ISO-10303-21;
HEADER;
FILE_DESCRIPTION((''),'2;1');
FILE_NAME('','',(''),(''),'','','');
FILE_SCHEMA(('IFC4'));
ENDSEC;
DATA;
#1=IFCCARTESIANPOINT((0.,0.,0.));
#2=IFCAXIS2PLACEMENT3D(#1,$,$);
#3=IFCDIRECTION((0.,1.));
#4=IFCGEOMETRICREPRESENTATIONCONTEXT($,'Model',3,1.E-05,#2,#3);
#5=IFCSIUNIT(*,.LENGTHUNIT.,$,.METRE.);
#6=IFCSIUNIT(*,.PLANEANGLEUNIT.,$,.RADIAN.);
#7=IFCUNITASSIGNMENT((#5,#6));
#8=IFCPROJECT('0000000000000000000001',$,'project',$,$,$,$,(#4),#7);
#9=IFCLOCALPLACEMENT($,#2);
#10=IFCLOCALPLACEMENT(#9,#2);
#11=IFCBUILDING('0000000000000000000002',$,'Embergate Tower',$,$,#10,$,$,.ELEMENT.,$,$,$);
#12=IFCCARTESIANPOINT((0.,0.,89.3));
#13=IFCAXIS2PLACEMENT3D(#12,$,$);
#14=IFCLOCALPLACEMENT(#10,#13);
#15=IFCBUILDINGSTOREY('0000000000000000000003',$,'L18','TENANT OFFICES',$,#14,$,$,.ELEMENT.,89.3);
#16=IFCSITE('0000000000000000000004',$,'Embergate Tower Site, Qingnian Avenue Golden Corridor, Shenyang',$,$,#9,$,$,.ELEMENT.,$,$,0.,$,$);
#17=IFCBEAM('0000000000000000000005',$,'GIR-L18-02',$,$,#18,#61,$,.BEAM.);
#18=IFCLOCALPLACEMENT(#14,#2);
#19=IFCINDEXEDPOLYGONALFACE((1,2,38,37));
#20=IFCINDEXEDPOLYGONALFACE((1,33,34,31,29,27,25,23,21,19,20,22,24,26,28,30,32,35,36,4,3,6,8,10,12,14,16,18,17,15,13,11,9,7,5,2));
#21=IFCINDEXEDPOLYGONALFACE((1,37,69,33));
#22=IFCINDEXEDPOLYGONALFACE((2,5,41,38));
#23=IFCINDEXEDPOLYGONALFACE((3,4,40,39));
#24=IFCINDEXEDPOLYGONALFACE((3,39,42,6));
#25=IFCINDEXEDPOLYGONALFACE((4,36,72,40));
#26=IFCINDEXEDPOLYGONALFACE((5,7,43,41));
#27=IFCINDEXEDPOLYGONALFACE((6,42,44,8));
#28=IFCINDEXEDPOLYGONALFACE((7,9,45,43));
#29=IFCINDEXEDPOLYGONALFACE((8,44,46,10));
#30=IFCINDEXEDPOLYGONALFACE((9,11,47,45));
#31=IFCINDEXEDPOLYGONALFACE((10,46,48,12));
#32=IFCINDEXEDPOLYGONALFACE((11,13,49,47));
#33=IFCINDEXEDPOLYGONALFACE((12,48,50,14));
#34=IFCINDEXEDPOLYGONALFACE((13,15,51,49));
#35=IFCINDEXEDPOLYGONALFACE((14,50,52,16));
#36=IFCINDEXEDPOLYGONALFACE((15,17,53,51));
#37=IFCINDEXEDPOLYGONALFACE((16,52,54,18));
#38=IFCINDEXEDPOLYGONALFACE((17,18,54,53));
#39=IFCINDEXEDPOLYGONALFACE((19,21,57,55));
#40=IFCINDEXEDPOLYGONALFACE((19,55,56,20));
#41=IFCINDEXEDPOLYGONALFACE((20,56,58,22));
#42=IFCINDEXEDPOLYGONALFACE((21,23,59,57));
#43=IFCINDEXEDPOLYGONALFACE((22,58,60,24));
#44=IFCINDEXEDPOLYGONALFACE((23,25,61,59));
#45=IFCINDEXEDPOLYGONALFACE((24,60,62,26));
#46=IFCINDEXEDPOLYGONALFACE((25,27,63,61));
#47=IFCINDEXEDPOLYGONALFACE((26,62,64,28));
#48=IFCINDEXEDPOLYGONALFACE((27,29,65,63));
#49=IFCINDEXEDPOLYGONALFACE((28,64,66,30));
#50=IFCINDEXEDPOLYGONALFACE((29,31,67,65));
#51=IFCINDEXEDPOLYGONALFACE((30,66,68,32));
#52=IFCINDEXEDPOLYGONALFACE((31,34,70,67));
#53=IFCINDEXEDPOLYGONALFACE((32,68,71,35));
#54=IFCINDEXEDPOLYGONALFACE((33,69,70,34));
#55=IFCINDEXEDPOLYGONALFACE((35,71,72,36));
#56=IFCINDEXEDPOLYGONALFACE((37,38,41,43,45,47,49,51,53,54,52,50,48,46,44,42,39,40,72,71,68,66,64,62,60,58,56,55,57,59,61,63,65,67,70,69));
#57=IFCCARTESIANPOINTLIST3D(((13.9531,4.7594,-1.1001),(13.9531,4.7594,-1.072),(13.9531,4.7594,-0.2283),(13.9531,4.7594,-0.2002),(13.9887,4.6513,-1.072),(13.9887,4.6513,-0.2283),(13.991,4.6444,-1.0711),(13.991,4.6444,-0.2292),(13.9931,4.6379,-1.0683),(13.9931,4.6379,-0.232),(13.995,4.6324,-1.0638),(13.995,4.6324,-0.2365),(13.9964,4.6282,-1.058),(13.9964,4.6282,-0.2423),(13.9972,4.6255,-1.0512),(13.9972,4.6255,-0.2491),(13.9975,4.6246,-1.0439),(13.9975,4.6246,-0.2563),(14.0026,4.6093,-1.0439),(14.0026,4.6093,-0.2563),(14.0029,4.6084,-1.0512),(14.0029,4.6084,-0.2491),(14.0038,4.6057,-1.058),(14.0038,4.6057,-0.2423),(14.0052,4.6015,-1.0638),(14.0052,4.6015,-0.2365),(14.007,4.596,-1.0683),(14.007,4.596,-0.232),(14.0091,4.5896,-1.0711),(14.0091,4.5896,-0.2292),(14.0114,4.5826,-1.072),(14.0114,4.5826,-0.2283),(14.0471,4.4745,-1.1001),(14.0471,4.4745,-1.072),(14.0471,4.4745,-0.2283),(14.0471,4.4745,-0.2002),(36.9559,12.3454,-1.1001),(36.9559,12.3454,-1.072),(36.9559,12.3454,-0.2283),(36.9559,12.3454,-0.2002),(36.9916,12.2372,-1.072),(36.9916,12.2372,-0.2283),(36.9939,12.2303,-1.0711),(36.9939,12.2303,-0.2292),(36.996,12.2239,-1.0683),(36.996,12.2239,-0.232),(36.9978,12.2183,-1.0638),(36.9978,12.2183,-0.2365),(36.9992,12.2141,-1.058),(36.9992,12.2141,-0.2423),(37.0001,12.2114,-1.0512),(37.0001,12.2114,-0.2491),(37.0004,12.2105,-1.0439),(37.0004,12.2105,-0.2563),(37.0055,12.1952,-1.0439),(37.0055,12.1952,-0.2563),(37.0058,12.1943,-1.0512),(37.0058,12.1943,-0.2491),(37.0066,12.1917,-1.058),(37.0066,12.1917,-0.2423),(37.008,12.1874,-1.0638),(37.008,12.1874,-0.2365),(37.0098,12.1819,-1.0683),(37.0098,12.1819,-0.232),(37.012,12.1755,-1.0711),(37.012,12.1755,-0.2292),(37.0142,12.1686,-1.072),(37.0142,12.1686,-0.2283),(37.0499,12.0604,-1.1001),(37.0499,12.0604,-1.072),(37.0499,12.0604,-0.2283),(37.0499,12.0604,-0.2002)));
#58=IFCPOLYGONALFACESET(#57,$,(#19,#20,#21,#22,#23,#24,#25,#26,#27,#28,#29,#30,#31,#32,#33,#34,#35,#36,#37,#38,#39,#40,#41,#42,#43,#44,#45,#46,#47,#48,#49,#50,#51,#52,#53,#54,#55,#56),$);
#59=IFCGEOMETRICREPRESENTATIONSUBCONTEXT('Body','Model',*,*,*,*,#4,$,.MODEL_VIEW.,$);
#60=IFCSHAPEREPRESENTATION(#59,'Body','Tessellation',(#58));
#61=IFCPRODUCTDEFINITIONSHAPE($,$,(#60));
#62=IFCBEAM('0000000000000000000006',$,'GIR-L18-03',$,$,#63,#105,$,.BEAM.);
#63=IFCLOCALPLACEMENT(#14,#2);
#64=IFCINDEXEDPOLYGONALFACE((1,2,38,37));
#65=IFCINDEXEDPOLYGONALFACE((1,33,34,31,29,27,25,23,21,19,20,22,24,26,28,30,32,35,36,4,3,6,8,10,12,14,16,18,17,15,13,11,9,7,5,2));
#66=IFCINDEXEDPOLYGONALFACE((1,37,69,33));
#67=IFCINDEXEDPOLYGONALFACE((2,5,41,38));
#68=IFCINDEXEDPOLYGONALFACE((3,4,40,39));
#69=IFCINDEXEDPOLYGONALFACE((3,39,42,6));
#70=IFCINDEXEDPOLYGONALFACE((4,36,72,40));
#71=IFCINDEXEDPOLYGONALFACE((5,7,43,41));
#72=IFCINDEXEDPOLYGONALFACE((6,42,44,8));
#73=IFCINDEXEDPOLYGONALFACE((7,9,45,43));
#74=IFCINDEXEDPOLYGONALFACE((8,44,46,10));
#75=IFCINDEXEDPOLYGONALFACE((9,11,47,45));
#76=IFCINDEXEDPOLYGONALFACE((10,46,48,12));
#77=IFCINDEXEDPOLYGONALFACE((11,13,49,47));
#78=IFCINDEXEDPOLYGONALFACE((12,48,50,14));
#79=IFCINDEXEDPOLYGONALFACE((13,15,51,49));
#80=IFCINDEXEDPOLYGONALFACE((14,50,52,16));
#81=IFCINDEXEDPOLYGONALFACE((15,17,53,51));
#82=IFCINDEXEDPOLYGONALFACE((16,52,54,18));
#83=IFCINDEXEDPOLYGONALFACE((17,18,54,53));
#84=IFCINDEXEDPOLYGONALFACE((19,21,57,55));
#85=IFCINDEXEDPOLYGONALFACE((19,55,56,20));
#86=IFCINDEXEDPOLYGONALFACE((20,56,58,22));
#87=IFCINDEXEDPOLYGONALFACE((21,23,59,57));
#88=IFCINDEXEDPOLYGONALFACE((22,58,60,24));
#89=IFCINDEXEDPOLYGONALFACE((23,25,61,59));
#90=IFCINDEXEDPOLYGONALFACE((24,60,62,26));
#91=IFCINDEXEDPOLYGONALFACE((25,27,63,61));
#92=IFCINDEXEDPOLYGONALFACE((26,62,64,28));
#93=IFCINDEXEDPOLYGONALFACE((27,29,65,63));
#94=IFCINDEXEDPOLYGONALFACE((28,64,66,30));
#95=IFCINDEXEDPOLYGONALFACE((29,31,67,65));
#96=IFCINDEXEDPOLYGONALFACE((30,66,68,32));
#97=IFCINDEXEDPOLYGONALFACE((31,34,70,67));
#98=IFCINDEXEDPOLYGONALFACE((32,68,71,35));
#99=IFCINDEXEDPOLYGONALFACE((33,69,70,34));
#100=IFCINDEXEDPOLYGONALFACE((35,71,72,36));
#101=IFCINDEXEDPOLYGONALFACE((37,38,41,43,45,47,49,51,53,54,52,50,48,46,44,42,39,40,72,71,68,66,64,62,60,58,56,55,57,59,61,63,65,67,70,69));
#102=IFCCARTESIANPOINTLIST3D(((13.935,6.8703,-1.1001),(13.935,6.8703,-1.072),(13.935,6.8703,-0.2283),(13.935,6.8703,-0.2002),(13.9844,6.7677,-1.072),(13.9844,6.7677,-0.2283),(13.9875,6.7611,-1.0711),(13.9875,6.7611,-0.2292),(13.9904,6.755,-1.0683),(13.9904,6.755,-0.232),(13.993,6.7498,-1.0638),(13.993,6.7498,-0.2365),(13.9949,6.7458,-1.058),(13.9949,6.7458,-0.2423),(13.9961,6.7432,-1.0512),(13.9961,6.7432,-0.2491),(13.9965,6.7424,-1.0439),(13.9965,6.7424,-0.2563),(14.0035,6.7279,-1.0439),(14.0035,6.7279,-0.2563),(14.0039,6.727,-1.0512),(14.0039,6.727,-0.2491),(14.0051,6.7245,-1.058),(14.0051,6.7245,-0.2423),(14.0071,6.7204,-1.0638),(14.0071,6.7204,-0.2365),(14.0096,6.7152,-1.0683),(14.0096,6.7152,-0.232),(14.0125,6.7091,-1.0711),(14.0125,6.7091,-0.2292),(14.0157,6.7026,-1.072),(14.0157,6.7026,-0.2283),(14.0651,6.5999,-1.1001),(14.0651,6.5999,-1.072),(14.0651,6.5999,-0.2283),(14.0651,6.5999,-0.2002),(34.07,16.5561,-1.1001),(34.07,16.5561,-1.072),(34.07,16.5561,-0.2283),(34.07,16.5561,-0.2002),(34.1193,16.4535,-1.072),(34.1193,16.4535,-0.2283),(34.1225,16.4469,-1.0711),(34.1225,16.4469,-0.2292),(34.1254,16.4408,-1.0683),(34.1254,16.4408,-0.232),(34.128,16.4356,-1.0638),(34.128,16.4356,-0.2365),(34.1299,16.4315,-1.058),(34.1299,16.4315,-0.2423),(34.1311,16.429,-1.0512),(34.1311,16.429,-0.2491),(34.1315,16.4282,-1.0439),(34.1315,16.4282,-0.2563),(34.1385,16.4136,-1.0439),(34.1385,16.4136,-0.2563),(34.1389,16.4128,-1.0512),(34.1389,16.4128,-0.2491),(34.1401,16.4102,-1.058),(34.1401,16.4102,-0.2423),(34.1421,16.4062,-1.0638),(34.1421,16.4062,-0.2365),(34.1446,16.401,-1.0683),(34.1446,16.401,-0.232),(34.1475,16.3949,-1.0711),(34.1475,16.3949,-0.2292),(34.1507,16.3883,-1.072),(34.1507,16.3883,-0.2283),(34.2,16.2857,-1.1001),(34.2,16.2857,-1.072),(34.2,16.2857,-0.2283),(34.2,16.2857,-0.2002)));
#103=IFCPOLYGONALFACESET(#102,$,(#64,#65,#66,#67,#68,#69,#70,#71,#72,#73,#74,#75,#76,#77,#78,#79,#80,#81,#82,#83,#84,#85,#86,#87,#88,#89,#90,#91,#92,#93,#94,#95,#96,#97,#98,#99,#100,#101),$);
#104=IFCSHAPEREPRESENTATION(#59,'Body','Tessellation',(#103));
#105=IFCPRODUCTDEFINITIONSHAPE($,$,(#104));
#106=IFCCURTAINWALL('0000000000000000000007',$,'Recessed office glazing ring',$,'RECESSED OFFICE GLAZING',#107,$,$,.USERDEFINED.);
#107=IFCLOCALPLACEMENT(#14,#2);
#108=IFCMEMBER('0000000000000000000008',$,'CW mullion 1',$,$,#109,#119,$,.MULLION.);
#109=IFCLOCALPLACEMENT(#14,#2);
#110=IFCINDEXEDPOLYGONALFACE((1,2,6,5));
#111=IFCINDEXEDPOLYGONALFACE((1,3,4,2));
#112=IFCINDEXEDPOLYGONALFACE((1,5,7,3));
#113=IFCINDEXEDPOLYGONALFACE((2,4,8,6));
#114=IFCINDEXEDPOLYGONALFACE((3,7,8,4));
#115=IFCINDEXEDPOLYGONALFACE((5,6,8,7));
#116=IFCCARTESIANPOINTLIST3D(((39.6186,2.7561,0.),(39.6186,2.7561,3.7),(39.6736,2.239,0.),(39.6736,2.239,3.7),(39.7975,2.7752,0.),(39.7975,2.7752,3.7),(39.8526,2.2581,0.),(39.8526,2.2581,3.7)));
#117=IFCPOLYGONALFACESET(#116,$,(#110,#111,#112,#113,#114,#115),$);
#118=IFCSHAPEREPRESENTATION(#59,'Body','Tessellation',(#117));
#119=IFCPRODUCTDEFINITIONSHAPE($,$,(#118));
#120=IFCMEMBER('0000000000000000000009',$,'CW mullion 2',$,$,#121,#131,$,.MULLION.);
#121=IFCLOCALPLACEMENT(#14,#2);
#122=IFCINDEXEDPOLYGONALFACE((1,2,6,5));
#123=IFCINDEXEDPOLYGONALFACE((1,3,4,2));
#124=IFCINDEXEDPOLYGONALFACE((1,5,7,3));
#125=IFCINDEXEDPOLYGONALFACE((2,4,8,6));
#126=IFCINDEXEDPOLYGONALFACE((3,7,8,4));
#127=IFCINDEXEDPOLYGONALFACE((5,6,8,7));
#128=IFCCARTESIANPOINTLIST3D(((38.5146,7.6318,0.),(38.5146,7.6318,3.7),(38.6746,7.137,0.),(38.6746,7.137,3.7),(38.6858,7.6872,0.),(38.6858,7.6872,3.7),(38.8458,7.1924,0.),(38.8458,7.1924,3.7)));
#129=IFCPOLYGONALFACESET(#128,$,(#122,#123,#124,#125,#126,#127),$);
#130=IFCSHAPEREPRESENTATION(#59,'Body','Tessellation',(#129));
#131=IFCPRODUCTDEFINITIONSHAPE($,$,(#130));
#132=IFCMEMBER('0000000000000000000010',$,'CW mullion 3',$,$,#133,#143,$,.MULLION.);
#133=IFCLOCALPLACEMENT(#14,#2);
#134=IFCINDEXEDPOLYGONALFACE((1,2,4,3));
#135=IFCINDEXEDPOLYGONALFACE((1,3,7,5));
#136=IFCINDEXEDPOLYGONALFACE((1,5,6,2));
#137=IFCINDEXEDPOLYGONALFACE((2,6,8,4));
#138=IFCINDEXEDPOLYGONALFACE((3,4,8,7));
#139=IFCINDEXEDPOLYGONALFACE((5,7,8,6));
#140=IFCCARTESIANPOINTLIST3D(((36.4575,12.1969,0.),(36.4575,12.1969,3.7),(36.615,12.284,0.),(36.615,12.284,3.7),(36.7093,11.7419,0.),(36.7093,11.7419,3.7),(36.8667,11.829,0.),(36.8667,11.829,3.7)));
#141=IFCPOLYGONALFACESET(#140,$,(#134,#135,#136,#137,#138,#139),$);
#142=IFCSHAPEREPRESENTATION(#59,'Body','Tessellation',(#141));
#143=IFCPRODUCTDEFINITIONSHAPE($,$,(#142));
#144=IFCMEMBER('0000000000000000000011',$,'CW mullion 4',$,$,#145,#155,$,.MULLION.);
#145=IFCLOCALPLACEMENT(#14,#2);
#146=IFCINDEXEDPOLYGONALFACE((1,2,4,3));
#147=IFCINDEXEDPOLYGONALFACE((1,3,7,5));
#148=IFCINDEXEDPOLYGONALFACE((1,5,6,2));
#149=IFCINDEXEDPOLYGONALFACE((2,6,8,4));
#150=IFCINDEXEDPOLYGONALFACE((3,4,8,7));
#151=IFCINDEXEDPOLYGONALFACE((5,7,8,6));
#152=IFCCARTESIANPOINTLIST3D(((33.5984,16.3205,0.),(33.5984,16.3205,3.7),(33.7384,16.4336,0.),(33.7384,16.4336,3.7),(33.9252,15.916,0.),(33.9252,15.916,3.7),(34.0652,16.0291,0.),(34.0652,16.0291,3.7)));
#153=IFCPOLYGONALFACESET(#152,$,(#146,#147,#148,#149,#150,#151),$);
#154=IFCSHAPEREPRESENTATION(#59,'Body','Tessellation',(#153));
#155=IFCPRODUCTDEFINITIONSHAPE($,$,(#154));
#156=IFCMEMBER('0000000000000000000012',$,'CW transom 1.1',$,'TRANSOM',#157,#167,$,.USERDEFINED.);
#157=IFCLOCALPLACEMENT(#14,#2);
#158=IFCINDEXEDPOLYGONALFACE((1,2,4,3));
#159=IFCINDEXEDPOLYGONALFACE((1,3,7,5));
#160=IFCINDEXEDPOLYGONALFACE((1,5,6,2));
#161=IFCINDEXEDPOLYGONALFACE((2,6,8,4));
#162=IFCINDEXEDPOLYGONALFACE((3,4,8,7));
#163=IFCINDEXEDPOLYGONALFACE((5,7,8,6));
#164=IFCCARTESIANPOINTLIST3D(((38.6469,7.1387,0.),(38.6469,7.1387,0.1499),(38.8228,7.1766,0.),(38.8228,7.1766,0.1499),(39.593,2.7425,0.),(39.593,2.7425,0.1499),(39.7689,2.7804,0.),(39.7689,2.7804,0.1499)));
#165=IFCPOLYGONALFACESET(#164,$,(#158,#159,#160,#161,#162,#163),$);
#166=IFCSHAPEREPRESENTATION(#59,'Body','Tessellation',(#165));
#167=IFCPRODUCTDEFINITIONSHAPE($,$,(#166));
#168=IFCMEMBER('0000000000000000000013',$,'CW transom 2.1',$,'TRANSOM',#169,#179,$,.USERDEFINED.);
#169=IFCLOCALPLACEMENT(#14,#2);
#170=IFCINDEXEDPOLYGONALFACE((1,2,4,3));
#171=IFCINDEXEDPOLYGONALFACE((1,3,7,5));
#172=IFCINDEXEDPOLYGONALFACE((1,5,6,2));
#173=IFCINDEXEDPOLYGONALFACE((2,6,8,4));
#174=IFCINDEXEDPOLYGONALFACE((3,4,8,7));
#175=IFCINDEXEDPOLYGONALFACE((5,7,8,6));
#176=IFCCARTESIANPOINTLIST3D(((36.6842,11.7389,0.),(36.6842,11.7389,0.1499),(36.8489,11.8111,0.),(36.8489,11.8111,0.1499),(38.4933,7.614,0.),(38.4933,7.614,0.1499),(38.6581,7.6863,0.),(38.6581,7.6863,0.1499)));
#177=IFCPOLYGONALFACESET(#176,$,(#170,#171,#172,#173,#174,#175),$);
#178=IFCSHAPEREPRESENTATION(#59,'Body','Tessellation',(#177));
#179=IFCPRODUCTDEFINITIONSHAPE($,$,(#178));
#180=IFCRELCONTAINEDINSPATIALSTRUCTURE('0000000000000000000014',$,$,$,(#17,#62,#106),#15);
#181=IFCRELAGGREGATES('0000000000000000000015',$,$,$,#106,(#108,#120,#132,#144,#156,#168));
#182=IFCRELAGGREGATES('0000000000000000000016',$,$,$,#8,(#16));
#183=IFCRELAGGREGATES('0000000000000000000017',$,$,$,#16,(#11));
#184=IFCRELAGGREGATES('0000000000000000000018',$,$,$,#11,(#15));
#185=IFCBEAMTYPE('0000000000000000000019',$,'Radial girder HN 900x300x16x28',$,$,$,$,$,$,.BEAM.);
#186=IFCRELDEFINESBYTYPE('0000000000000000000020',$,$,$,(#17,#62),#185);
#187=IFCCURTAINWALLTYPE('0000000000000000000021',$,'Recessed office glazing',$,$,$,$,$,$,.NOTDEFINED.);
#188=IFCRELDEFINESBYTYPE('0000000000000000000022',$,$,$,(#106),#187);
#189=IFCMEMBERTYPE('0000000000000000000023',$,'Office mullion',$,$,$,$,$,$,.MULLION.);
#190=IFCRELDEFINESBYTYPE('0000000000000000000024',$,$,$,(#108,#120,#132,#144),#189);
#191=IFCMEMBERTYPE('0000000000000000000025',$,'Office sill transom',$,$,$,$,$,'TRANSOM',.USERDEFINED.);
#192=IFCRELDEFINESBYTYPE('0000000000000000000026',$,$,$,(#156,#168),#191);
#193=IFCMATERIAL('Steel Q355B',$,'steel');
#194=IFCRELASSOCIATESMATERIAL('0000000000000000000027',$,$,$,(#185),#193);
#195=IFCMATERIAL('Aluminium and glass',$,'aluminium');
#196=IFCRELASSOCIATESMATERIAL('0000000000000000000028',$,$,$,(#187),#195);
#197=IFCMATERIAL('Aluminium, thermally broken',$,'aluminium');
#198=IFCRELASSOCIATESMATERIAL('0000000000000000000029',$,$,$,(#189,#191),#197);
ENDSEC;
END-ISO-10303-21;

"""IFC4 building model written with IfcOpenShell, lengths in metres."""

from ifc_helpers import new_model, si_unit, direction, frame, origin, origin_2d, place, context, subcontext, project, spatial, rectangle, i_section, extrude, source, transform, mapped, material, material_profile, profile_set, type_object, element, aggregate, save


model = new_model("IFC4")

# Units and contexts
model_context = context("Model", 3, precision=1e-05, world=origin(), true_north=direction((0.0, 1.0)))
body_context = subcontext(model_context, "Body", "Model", "MODEL_VIEW")
ifc_project = project(units=[si_unit("LENGTHUNIT", "METRE"), si_unit("PLANEANGLEUNIT", "RADIAN")], contexts=[model_context])

# Site, building, storey
site_placement = place(None, origin())
site = spatial("IfcSite", under=ifc_project, at=site_placement, Name="Embergate Tower Site, Qingnian Avenue Golden Corridor, Shenyang", CompositionType="ELEMENT", RefElevation=0.0)
building_placement = place(site_placement, origin())
building = spatial("IfcBuilding", under=site, at=building_placement, Name="Embergate Tower", CompositionType="ELEMENT")
storey_placement = place(building_placement, frame((0.0, 0.0, 89.3)))
storey = spatial("IfcBuildingStorey", under=building, at=storey_placement, Name="L18", Description="TENANT OFFICES", CompositionType="ELEMENT", Elevation=89.3)

# Beams
ifc_material_1 = material(Name="Steel Q355B", Category="steel")
ifc_material_profile_1 = material_profile(ifc_material_1, i_section(OverallWidth=0.3, OverallDepth=0.8999, WebThickness=0.0161, FlangeThickness=0.0281, FilletRadius=0.0281, at=origin_2d()), Name="HN 900x300x16x28")
ifc_profile_set_1 = profile_set([ifc_material_profile_1], Name="Steel Q355 grade B")
beam_type_1 = type_object("IfcBeamType", Name="Radial girder HN 900x300x16x28", PredefinedType="BEAM", material=ifc_profile_set_1)
shared_shape_1 = source(origin(), body_context, "Body", "SweptSolid", [
    extrude(i_section(OverallWidth=0.3, OverallDepth=0.8999, WebThickness=0.0161, FlangeThickness=0.0281, FilletRadius=0.0281, at=origin_2d()), origin(), (0.0, 0.0, 1.0), 24.2214),
])
beam_1_placement = place(storey_placement, frame((37.0029, 12.2029, -0.6501), z_axis=(-0.94969, -0.31319, 0.0), x_axis=(0.31319, -0.94969, 0.0)))
element("IfcBeam", 1, at=beam_1_placement, inside=storey, type_object=beam_type_1, Name="GIR-L18-02", PredefinedType="BEAM", context=body_context, shape_type="MappedRepresentation", body=[
    mapped(shared_shape_1, transform((0.0, 0.0, 0.0))),
])
shared_shape_2 = source(origin(), body_context, "Body", "SweptSolid", [
    extrude(i_section(OverallWidth=0.3, OverallDepth=0.8999, WebThickness=0.0161, FlangeThickness=0.0281, FilletRadius=0.0281, at=origin_2d()), origin(), (0.0, 0.0, 1.0), 22.3435),
])
beam_2_placement = place(storey_placement, frame((34.135, 16.4209, -0.6501), z_axis=(-0.901156, -0.433494, 0.0), x_axis=(0.433494, -0.901156, 0.0)))
element("IfcBeam", 2, at=beam_2_placement, inside=storey, type_object=beam_type_1, Name="GIR-L18-03", PredefinedType="BEAM", context=body_context, shape_type="MappedRepresentation", body=[
    mapped(shared_shape_2, transform((0.0, 0.0, 0.0))),
])

# Curtain wall, members
ifc_material_2 = material(Name="Aluminium and glass", Category="aluminium")
curtain_wall_type = type_object("IfcCurtainWallType", Name="Recessed office glazing", PredefinedType="NOTDEFINED", material=ifc_material_2)
curtain_wall_placement = place(storey_placement, origin())
curtain_wall = element("IfcCurtainWall", 3, at=curtain_wall_placement, inside=storey, type_object=curtain_wall_type, Name="Recessed office glazing ring", ObjectType="RECESSED OFFICE GLAZING", PredefinedType="USERDEFINED")
ifc_material_3 = material(Name="Aluminium, thermally broken", Category="aluminium")
ifc_material_profile_2 = material_profile(ifc_material_3, rectangle(XDim=0.1799, YDim=0.52, at=origin_2d()), Name="AL 520x180")
ifc_profile_set_2 = profile_set([ifc_material_profile_2], Name="Aluminium, thermally broken")
member_type_1 = type_object("IfcMemberType", Name="Office mullion", PredefinedType="MULLION", material=ifc_profile_set_2)
shared_shape_3 = source(origin(), body_context, "Body", "SweptSolid", [
    extrude(rectangle(XDim=0.1799, YDim=0.52, at=origin_2d()), origin(), (0.0, 0.0, 1.0), 3.7),
])
member_1_placement = place(storey_placement, frame((39.7356, 2.5071, 0.0), z_axis=(0.0, 0.0, 1.0), x_axis=(-0.994385, -0.105822, 0.0)))
member_1 = element("IfcMember", 4, at=member_1_placement, type_object=member_type_1, Name="CW mullion 1", PredefinedType="MULLION", context=body_context, shape_type="MappedRepresentation", body=[
    mapped(shared_shape_3, transform((0.0, 0.0, 0.0))),
])
member_2_placement = place(storey_placement, frame((38.6802, 7.4121, 0.0), z_axis=(0.0, 0.0, 1.0), x_axis=(-0.951499, -0.307651, 0.0)))
member_2 = element("IfcMember", 5, at=member_2_placement, type_object=member_type_1, Name="CW mullion 2", PredefinedType="MULLION", context=body_context, shape_type="MappedRepresentation", body=[
    mapped(shared_shape_3, transform((0.0, 0.0, 0.0))),
])
member_3_placement = place(storey_placement, frame((36.6621, 12.0129, 0.0), z_axis=(0.0, 0.0, 1.0), x_axis=(-0.875005, -0.484113, 0.0)))
member_3 = element("IfcMember", 6, at=member_3_placement, type_object=member_type_1, Name="CW mullion 3", PredefinedType="MULLION", context=body_context, shape_type="MappedRepresentation", body=[
    mapped(shared_shape_3, transform((0.0, 0.0, 0.0))),
])
member_4_placement = place(storey_placement, frame((33.8318, 16.1748, 0.0), z_axis=(0.0, 0.0, 1.0), x_axis=(-0.777876, -0.628418, 0.0)))
member_4 = element("IfcMember", 7, at=member_4_placement, type_object=member_type_1, Name="CW mullion 4", PredefinedType="MULLION", context=body_context, shape_type="MappedRepresentation", body=[
    mapped(shared_shape_3, transform((0.0, 0.0, 0.0))),
])
ifc_material_profile_3 = material_profile(ifc_material_3, rectangle(XDim=0.1799, YDim=0.1499, at=origin_2d()), Name="AL 150x180")
ifc_profile_set_3 = profile_set([ifc_material_profile_3], Name="Aluminium, thermally broken")
member_type_2 = type_object("IfcMemberType", Name="Office sill transom", ElementType="TRANSOM", PredefinedType="USERDEFINED", material=ifc_profile_set_3)
shared_shape_4 = source(origin(), body_context, "Body", "SweptSolid", [
    extrude(rectangle(XDim=0.1799, YDim=0.1499, at=origin_2d()), origin(), (0.0, 0.0, 1.0), 4.4968),
])
member_5_placement = place(storey_placement, frame((39.6809, 2.7615, 0.075), z_axis=(-0.210378, 0.97762, 0.0), x_axis=(-0.97762, -0.210378, 0.0)))
member_5 = element("IfcMember", 8, at=member_5_placement, type_object=member_type_2, Name="CW transom 1.1", ObjectType="TRANSOM", PredefinedType="USERDEFINED", context=body_context, shape_type="MappedRepresentation", body=[
    mapped(shared_shape_4, transform((0.0, 0.0, 0.0))),
])
shared_shape_5 = source(origin(), body_context, "Body", "SweptSolid", [
    extrude(rectangle(XDim=0.1799, YDim=0.1499, at=origin_2d()), origin(), (0.0, 0.0, 1.0), 4.5042),
])
member_6_placement = place(storey_placement, frame((38.5757, 7.6501, 0.075), z_axis=(-0.401658, 0.91579, 0.0), x_axis=(-0.91579, -0.401658, 0.0)))
member_6 = element("IfcMember", 9, at=member_6_placement, type_object=member_type_2, Name="CW transom 2.1", ObjectType="TRANSOM", PredefinedType="USERDEFINED", context=body_context, shape_type="MappedRepresentation", body=[
    mapped(shared_shape_5, transform((0.0, 0.0, 0.0))),
])
aggregate(curtain_wall, [member_1, member_2, member_3, member_4, member_5, member_6])

save(model, "model.ifc")
